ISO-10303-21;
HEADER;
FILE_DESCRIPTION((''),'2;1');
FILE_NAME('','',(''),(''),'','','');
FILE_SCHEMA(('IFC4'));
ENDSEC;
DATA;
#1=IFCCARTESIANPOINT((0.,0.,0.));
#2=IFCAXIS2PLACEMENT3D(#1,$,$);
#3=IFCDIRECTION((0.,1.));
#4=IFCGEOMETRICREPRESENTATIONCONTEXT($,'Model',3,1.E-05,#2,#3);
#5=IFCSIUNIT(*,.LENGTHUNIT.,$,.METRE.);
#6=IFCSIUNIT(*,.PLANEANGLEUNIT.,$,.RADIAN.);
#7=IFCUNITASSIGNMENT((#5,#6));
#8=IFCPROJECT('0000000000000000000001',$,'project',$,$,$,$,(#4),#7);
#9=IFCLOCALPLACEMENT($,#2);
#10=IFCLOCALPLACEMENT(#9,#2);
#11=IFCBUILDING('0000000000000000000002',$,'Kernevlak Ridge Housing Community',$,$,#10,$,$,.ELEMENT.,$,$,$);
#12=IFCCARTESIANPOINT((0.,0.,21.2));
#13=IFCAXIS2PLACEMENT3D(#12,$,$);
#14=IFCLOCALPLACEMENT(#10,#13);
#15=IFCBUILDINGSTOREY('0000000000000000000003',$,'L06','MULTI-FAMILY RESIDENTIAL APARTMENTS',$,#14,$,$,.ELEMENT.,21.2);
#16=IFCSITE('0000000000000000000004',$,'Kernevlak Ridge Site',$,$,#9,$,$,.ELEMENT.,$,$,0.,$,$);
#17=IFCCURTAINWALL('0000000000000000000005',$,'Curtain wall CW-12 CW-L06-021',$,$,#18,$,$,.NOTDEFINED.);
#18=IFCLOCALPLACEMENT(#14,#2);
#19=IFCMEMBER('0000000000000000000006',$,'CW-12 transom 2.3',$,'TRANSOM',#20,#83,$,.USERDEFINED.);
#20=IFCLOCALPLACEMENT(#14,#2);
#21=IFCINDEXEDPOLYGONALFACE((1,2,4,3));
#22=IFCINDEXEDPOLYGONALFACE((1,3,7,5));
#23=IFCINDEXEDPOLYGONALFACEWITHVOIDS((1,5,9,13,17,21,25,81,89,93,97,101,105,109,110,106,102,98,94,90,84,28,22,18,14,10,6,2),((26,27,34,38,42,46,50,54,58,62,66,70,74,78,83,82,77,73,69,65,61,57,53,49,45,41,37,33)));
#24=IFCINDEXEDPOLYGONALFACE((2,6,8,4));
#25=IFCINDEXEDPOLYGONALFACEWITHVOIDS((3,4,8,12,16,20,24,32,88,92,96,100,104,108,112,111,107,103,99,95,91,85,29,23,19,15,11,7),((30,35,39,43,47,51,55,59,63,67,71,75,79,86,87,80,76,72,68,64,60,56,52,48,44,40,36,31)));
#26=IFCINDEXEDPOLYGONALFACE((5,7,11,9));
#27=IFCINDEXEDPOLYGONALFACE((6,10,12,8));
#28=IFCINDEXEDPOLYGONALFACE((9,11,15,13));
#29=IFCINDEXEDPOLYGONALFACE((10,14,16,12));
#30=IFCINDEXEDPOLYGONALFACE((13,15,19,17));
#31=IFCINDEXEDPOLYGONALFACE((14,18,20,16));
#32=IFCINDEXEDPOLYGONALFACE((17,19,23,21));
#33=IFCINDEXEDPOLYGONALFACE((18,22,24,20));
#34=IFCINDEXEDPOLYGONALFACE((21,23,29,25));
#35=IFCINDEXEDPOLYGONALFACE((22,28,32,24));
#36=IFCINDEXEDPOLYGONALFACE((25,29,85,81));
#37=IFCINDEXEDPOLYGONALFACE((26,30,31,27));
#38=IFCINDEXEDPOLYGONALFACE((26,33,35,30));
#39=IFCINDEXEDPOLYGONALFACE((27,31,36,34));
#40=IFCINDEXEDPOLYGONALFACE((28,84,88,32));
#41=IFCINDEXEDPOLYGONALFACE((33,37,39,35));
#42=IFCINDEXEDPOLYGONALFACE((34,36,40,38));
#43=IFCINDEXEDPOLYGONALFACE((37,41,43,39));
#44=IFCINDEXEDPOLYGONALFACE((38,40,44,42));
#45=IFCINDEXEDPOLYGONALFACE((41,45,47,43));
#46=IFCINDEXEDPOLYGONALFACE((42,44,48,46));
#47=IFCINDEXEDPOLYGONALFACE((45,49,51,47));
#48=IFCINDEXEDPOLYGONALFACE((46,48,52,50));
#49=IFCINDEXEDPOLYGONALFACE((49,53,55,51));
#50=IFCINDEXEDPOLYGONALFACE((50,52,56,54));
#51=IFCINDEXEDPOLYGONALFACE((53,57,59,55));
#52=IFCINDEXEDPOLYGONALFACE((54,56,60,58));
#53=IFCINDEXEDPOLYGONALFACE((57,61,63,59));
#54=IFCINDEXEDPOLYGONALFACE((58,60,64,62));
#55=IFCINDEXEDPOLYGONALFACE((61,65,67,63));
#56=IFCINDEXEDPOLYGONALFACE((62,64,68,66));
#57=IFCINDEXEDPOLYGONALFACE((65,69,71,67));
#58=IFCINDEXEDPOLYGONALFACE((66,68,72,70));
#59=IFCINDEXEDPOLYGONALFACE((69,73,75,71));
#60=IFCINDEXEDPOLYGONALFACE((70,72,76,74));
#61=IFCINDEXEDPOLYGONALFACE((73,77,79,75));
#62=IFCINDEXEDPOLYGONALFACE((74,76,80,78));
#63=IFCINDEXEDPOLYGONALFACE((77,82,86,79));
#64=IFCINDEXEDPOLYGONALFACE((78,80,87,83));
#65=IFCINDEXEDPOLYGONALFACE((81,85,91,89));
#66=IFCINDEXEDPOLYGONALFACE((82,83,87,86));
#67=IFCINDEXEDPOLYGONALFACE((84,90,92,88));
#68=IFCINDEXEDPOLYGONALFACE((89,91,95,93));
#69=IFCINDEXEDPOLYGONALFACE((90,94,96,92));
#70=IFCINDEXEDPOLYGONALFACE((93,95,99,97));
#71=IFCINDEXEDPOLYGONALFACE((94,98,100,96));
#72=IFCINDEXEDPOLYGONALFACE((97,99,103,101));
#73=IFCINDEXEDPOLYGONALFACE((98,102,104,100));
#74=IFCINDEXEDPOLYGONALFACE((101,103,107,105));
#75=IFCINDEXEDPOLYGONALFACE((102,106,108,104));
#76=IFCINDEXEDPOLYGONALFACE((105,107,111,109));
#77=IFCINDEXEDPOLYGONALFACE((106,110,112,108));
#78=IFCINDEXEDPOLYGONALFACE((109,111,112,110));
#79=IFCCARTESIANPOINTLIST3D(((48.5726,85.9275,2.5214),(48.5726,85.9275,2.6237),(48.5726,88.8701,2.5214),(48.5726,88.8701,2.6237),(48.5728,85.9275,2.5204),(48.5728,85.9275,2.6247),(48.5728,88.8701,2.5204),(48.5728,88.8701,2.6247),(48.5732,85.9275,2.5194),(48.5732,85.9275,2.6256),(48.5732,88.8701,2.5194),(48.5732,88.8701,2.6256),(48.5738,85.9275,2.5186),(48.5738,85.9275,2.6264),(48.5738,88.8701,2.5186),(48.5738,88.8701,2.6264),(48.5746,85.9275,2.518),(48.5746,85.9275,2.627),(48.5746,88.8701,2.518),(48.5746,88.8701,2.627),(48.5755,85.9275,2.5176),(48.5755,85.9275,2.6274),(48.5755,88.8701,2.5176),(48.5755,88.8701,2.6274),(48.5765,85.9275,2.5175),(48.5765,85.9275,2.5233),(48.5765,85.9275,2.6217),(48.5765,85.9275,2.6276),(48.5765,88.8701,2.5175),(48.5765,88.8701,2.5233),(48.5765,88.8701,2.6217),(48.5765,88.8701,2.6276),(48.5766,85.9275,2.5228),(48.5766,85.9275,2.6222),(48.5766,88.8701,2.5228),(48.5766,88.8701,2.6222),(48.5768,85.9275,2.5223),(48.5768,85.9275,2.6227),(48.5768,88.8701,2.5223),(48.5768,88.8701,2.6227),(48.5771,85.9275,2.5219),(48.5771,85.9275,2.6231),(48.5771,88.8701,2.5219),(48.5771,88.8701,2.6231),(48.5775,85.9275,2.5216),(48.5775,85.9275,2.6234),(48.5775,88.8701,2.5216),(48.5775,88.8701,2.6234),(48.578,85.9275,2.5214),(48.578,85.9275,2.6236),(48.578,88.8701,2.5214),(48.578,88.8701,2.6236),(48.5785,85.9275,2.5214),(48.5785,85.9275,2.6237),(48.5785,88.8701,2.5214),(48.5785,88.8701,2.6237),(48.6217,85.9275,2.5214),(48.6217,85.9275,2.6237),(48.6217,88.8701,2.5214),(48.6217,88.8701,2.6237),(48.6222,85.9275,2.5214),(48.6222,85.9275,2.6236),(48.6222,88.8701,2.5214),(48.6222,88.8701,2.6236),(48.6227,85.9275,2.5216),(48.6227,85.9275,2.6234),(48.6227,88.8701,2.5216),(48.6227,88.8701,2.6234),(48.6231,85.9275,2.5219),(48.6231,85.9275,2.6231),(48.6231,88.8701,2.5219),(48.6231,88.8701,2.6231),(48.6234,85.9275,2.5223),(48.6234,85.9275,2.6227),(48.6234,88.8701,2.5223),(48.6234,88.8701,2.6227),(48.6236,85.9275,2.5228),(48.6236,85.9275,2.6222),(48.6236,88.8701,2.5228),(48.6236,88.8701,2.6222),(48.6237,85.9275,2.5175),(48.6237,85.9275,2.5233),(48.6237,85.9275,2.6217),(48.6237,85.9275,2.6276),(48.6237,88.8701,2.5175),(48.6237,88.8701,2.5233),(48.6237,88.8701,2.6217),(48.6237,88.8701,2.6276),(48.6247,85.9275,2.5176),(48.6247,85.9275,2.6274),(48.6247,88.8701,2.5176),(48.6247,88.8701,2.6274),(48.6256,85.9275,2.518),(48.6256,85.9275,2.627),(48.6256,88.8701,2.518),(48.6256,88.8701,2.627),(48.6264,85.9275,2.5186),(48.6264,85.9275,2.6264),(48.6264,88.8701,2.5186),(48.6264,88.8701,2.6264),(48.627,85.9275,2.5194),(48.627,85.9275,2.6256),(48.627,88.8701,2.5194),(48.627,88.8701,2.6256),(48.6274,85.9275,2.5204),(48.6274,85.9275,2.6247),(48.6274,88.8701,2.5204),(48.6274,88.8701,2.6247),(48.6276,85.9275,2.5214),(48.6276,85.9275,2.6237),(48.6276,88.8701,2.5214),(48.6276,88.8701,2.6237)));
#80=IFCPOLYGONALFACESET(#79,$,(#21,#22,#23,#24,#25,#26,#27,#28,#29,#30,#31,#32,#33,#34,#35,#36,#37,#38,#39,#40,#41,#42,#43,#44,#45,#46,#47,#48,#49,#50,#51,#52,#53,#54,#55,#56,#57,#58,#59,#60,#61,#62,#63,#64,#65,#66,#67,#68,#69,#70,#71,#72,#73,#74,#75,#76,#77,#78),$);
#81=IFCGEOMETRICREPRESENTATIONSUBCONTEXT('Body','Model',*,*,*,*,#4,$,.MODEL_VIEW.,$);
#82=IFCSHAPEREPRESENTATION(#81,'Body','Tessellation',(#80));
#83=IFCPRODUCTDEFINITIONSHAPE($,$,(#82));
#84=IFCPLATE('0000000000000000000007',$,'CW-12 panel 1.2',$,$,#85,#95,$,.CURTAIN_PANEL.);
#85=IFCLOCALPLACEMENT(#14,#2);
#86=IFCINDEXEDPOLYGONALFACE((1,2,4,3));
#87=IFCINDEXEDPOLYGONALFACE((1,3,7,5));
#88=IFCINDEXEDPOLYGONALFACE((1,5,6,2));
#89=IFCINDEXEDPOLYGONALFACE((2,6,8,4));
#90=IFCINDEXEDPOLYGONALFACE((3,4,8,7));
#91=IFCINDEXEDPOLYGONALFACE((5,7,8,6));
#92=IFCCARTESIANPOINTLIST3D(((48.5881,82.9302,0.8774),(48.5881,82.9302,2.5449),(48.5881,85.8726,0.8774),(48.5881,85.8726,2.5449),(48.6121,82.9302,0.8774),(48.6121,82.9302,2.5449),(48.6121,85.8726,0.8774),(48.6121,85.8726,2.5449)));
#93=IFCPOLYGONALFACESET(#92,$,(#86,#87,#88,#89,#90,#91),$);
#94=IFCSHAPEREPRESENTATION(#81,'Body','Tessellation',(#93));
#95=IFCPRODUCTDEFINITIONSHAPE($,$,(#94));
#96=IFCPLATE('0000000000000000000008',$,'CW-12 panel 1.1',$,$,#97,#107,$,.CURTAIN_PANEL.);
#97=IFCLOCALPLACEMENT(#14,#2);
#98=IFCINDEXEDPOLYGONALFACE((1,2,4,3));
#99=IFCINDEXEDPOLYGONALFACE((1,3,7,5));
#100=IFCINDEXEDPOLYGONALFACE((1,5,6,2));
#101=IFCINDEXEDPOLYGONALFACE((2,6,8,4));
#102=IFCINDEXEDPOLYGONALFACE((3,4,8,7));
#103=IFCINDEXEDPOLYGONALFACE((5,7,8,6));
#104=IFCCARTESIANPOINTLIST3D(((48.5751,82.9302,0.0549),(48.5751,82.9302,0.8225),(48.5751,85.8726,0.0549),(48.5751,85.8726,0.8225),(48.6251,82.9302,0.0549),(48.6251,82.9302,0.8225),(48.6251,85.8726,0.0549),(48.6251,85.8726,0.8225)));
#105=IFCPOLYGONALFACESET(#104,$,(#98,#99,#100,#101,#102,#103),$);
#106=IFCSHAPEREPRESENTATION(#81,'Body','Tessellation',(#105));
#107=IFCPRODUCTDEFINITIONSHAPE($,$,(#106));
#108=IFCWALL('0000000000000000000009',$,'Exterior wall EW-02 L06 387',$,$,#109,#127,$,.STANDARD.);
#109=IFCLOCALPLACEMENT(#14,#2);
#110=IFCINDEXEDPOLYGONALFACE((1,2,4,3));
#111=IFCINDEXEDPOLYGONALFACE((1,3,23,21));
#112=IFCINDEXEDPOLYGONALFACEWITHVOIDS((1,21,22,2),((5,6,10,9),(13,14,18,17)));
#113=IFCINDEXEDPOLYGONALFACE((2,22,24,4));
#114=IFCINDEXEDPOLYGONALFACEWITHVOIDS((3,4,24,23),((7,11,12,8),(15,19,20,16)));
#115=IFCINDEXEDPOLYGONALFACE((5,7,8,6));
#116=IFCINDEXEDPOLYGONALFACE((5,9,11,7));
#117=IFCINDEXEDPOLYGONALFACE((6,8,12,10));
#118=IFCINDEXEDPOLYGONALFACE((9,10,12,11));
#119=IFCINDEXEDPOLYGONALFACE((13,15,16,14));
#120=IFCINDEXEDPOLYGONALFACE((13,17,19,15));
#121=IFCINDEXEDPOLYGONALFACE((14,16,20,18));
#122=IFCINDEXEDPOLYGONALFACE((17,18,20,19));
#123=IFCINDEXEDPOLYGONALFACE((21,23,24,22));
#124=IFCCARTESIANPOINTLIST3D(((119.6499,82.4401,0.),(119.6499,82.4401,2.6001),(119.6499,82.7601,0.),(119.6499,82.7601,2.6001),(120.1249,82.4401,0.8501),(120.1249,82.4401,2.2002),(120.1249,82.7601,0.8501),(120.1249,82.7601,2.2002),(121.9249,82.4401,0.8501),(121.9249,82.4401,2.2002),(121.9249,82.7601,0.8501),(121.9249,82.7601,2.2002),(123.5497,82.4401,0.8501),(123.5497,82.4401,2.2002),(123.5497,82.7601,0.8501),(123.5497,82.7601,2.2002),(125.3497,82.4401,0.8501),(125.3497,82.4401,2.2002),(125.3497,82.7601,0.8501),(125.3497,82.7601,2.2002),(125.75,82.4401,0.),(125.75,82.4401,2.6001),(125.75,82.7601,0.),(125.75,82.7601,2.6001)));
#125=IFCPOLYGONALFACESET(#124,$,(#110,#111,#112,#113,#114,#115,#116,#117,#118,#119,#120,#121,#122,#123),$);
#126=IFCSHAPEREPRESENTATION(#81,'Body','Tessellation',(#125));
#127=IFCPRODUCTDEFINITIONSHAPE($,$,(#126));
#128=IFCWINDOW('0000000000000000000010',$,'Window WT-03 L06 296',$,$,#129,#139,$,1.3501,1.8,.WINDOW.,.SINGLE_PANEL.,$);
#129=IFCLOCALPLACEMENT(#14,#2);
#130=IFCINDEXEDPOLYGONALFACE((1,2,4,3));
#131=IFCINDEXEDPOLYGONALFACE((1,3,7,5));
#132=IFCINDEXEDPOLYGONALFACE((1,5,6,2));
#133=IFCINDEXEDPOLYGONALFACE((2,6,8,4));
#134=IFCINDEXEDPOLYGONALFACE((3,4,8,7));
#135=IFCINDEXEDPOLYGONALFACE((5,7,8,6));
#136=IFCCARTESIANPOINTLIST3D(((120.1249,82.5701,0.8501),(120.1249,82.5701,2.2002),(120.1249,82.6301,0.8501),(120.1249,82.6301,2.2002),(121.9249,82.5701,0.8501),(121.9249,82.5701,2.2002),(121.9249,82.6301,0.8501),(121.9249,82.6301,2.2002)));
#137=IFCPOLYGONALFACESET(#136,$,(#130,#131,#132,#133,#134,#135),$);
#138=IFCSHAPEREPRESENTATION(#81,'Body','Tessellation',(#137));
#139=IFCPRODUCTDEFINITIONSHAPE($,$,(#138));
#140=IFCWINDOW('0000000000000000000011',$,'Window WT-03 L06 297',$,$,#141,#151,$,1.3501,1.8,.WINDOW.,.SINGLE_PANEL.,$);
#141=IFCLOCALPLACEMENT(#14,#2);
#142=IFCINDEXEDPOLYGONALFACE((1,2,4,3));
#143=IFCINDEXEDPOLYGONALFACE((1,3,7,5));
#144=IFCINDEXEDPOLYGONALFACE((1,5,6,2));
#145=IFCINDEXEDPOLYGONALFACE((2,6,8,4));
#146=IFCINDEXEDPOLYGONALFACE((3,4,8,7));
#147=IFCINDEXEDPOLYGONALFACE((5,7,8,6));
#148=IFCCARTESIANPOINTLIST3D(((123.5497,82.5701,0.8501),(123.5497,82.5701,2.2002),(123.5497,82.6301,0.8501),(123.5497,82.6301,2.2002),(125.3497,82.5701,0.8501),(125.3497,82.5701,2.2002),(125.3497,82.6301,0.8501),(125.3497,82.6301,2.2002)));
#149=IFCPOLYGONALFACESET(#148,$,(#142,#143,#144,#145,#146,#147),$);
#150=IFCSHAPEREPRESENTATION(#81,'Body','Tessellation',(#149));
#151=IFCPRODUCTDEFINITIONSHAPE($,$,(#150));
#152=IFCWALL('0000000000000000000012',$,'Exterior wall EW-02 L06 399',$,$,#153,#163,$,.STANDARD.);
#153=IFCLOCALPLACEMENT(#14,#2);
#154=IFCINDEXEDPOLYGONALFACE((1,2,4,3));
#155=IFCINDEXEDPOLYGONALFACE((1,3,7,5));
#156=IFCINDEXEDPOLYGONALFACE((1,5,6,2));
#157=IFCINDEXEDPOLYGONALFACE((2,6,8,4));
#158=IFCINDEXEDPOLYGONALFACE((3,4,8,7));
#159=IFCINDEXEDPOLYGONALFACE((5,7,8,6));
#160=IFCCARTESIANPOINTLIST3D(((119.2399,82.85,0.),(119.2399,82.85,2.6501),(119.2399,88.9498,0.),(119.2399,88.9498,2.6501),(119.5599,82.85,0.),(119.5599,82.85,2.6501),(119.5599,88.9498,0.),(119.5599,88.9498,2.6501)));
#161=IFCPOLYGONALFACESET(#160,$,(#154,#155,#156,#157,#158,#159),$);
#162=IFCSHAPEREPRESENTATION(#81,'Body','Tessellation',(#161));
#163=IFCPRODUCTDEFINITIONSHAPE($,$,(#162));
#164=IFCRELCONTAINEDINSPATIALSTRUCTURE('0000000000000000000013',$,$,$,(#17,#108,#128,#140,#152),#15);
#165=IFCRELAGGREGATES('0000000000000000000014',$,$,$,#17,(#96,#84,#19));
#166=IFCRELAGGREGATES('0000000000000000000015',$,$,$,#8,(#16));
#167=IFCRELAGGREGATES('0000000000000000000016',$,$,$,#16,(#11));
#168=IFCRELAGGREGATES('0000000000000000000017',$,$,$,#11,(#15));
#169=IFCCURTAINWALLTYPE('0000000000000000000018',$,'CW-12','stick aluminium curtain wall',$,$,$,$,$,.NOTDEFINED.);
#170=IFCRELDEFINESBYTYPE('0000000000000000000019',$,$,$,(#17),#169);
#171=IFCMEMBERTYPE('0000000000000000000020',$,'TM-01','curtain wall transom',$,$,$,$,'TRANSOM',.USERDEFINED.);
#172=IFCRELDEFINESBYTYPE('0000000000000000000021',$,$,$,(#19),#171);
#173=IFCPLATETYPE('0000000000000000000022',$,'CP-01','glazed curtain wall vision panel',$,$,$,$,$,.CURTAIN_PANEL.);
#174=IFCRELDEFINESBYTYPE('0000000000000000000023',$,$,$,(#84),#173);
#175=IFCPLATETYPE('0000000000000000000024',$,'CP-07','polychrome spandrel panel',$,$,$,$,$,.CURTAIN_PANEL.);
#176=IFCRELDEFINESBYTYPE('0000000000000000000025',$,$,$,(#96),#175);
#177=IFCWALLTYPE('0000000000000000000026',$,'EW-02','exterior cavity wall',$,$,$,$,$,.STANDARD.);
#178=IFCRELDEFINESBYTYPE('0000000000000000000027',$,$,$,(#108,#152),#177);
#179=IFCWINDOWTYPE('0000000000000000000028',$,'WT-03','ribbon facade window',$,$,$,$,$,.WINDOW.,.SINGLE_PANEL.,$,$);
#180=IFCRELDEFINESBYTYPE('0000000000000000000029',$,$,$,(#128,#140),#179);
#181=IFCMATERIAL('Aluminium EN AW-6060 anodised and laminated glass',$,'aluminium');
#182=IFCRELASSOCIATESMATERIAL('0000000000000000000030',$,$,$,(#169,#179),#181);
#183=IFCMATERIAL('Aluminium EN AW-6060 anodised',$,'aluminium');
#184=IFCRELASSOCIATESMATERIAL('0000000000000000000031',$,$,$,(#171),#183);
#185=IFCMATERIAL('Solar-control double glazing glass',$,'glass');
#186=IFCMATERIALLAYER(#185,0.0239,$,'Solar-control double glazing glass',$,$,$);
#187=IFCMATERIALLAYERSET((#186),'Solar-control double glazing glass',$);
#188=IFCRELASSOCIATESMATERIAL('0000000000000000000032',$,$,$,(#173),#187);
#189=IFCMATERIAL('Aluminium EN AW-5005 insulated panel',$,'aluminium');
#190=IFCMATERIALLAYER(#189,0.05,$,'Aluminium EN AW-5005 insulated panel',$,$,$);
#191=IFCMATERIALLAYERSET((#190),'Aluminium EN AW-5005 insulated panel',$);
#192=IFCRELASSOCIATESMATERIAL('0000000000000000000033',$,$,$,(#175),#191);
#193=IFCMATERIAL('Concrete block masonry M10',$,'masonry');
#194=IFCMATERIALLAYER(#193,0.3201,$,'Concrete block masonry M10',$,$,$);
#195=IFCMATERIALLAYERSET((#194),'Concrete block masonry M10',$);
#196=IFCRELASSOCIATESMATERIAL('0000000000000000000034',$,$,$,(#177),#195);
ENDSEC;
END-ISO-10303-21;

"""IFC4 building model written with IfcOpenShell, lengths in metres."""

from ifc_helpers import new_model, si_unit, direction, frame, frame_2d, origin, origin_2d, place, context, subcontext, project, spatial, rectangle, hollow_rectangle, extrude, material, layer, layer_set, material_profile, profile_set, type_object, element, fill, aggregate, save


model = new_model("IFC4")

# Units and contexts
model_context = context("Model", 3, precision=1e-05, world=origin(), true_north=direction((0.0, 1.0)))
body_context = subcontext(model_context, "Body", "Model", "MODEL_VIEW")
ifc_project = project(units=[si_unit("LENGTHUNIT", "METRE"), si_unit("PLANEANGLEUNIT", "RADIAN")], contexts=[model_context])

# Site, building, storey
site_placement = place(None, origin())
site = spatial("IfcSite", under=ifc_project, at=site_placement, Name="Kernevlak Ridge Site", CompositionType="ELEMENT", RefElevation=0.0)
building_placement = place(site_placement, origin())
building = spatial("IfcBuilding", under=site, at=building_placement, Name="Kernevlak Ridge Housing Community", CompositionType="ELEMENT")
storey_placement = place(building_placement, frame((0.0, 0.0, 21.2)))
storey = spatial("IfcBuildingStorey", under=building, at=storey_placement, Name="L06", Description="MULTI-FAMILY RESIDENTIAL APARTMENTS", CompositionType="ELEMENT", Elevation=21.2)

# Curtain wall, member, plates
ifc_material_1 = material(Name="Aluminium EN AW-6060 anodised and laminated glass", Category="aluminium")
curtain_wall_type = type_object("IfcCurtainWallType", Name="CW-12", Description="stick aluminium curtain wall", PredefinedType="NOTDEFINED", material=ifc_material_1)
curtain_wall_placement = place(storey_placement, origin())
curtain_wall = element("IfcCurtainWall", 1, at=curtain_wall_placement, inside=storey, type_object=curtain_wall_type, Name="Curtain wall CW-12 CW-L06-021", PredefinedType="NOTDEFINED")
ifc_material_2 = material(Name="Aluminium EN AW-6060 anodised", Category="aluminium")
ifc_material_profile_1 = material_profile(ifc_material_2, hollow_rectangle(XDim=0.0549, YDim=0.1101, WallThickness=0.0039, InnerFilletRadius=0.002, OuterFilletRadius=0.0039, at=origin_2d()), Name="ALU 55x110x4")
ifc_profile_set_1 = profile_set([ifc_material_profile_1], Name="Aluminium EN AW-6060 anodised")
member_type = type_object("IfcMemberType", Name="TM-01", Description="curtain wall transom", ElementType="TRANSOM", PredefinedType="USERDEFINED", material=ifc_profile_set_1)
member_1_placement = place(storey_placement, frame((48.6001, 85.9275, 2.5725), z_axis=(0.0, 1.0, 0.0), x_axis=(-1.0, 0.0, 0.0)))
member_1 = element("IfcMember", 2, at=member_1_placement, type_object=member_type, Name="CW-12 transom 2.3", ObjectType="TRANSOM", PredefinedType="USERDEFINED", context=body_context, shape_type="SweptSolid", body=[
    extrude(hollow_rectangle(XDim=0.0549, YDim=0.1101, WallThickness=0.0039, InnerFilletRadius=0.002, OuterFilletRadius=0.0039, at=origin_2d()), origin(), (0.0, 0.0, 1.0), 2.9426),
])
ifc_material_3 = material(Name="Solar-control double glazing glass", Category="glass")
ifc_layer_1 = layer(ifc_material_3, 0.0239, Name="Solar-control double glazing glass")
ifc_layer_set_1 = layer_set([ifc_layer_1], Name="Solar-control double glazing glass")
plate_type_1 = type_object("IfcPlateType", Name="CP-01", Description="glazed curtain wall vision panel", PredefinedType="CURTAIN_PANEL", material=ifc_layer_set_1)
plate_1_placement = place(storey_placement, frame((48.6001, 84.4014, 0.8774), z_axis=(0.0, 0.0, 1.0), x_axis=(0.0, 1.0, 0.0)))
plate_1 = element("IfcPlate", 3, at=plate_1_placement, type_object=plate_type_1, Name="CW-12 panel 1.2", PredefinedType="CURTAIN_PANEL", context=body_context, shape_type="SweptSolid", body=[
    extrude(rectangle(XDim=2.9424, YDim=0.0239, at=origin_2d()), origin(), (0.0, 0.0, 1.0), 1.6675),
])
ifc_material_4 = material(Name="Aluminium EN AW-5005 insulated panel", Category="aluminium")
ifc_layer_2 = layer(ifc_material_4, 0.05, Name="Aluminium EN AW-5005 insulated panel")
ifc_layer_set_2 = layer_set([ifc_layer_2], Name="Aluminium EN AW-5005 insulated panel")
plate_type_2 = type_object("IfcPlateType", Name="CP-07", Description="polychrome spandrel panel", PredefinedType="CURTAIN_PANEL", material=ifc_layer_set_2)
plate_2_placement = place(storey_placement, frame((48.6001, 84.4014, 0.0549), z_axis=(0.0, 0.0, 1.0), x_axis=(0.0, 1.0, 0.0)))
plate_2 = element("IfcPlate", 4, at=plate_2_placement, type_object=plate_type_2, Name="CW-12 panel 1.1", PredefinedType="CURTAIN_PANEL", context=body_context, shape_type="SweptSolid", body=[
    extrude(rectangle(XDim=2.9424, YDim=0.05, at=origin_2d()), origin(), (0.0, 0.0, 1.0), 0.7676),
])
aggregate(curtain_wall, [plate_2, plate_1, member_1])

# Wall, openings, windows
ifc_material_5 = material(Name="Concrete block masonry M10", Category="masonry")
ifc_layer_3 = layer(ifc_material_5, 0.3201, Name="Concrete block masonry M10")
ifc_layer_set_3 = layer_set([ifc_layer_3], Name="Concrete block masonry M10")
wall_type_1 = type_object("IfcWallType", Name="EW-02", Description="exterior cavity wall", PredefinedType="STANDARD", material=ifc_layer_set_3)
wall_1_placement = place(storey_placement, frame((119.6499, 82.6001, 0.0), z_axis=(0.0, 0.0, 1.0), x_axis=(1.0, 0.0, 0.0)))
wall_1 = element("IfcWall", 5, at=wall_1_placement, inside=storey, type_object=wall_type_1, Name="Exterior wall EW-02 L06 387", PredefinedType="STANDARD", context=body_context, shape_type="SweptSolid", body=[
    extrude(rectangle(XDim=6.1001, YDim=0.3201, at=frame_2d((3.05, 0.0))), origin(), (0.0, 0.0, 1.0), 2.6001),
])
opening_1_placement = place(wall_1_placement, frame((0.4751, 0.0, 0.8501)))
opening_1 = element("IfcOpeningElement", 6, at=opening_1_placement, cuts=wall_1, PredefinedType="OPENING", context=body_context, shape_type="SweptSolid", body=[
    extrude(rectangle(XDim=1.8, YDim=1.3501, at=frame_2d((0.8999, 0.675))), frame((0.0, 0.1699, 0.0), z_axis=(0.0, -1.0, 0.0), x_axis=(1.0, 0.0, 0.0)), (0.0, 0.0, 1.0), 0.3401),
])
opening_2_placement = place(wall_1_placement, frame((3.8999, 0.0, 0.8501)))
opening_2 = element("IfcOpeningElement", 7, at=opening_2_placement, cuts=wall_1, PredefinedType="OPENING", context=body_context, shape_type="SweptSolid", body=[
    extrude(rectangle(XDim=1.8, YDim=1.3501, at=frame_2d((0.8999, 0.675))), frame((0.0, 0.1699, 0.0), z_axis=(0.0, -1.0, 0.0), x_axis=(1.0, 0.0, 0.0)), (0.0, 0.0, 1.0), 0.3401),
])
window_type_1 = type_object("IfcWindowType", Name="WT-03", Description="ribbon facade window", PartitioningType="SINGLE_PANEL", PredefinedType="WINDOW", material=ifc_material_1)
window_1_placement = place(opening_1_placement, origin())
window_1 = element("IfcWindow", 8, at=window_1_placement, inside=storey, type_object=window_type_1, Name="Window WT-03 L06 296", OverallHeight=1.3501, OverallWidth=1.8, PartitioningType="SINGLE_PANEL", PredefinedType="WINDOW", context=body_context, shape_type="SweptSolid", body=[
    extrude(rectangle(XDim=1.8, YDim=1.3501, at=frame_2d((0.8999, 0.675))), frame((0.0, 0.03, 0.0), z_axis=(0.0, -1.0, 0.0), x_axis=(1.0, 0.0, 0.0)), (0.0, 0.0, 1.0), 0.0601),
])
fill(opening_1, window_1)
window_2_placement = place(opening_2_placement, origin())
window_2 = element("IfcWindow", 9, at=window_2_placement, inside=storey, type_object=window_type_1, Name="Window WT-03 L06 297", OverallHeight=1.3501, OverallWidth=1.8, PartitioningType="SINGLE_PANEL", PredefinedType="WINDOW", context=body_context, shape_type="SweptSolid", body=[
    extrude(rectangle(XDim=1.8, YDim=1.3501, at=frame_2d((0.8999, 0.675))), frame((0.0, 0.03, 0.0), z_axis=(0.0, -1.0, 0.0), x_axis=(1.0, 0.0, 0.0)), (0.0, 0.0, 1.0), 0.0601),
])
fill(opening_2, window_2)

# Wall
wall_2_placement = place(storey_placement, frame((119.3999, 82.8501, 0.0), z_axis=(0.0, 0.0, 1.0), x_axis=(0.0, 1.0, 0.0)))
element("IfcWall", 10, at=wall_2_placement, inside=storey, type_object=wall_type_1, Name="Exterior wall EW-02 L06 399", PredefinedType="STANDARD", context=body_context, shape_type="SweptSolid", body=[
    extrude(rectangle(XDim=6.0999, YDim=0.3201, at=frame_2d((3.0498, 0.0))), origin(), (0.0, 0.0, 1.0), 2.6501),
])

save(model, "model.ifc")
